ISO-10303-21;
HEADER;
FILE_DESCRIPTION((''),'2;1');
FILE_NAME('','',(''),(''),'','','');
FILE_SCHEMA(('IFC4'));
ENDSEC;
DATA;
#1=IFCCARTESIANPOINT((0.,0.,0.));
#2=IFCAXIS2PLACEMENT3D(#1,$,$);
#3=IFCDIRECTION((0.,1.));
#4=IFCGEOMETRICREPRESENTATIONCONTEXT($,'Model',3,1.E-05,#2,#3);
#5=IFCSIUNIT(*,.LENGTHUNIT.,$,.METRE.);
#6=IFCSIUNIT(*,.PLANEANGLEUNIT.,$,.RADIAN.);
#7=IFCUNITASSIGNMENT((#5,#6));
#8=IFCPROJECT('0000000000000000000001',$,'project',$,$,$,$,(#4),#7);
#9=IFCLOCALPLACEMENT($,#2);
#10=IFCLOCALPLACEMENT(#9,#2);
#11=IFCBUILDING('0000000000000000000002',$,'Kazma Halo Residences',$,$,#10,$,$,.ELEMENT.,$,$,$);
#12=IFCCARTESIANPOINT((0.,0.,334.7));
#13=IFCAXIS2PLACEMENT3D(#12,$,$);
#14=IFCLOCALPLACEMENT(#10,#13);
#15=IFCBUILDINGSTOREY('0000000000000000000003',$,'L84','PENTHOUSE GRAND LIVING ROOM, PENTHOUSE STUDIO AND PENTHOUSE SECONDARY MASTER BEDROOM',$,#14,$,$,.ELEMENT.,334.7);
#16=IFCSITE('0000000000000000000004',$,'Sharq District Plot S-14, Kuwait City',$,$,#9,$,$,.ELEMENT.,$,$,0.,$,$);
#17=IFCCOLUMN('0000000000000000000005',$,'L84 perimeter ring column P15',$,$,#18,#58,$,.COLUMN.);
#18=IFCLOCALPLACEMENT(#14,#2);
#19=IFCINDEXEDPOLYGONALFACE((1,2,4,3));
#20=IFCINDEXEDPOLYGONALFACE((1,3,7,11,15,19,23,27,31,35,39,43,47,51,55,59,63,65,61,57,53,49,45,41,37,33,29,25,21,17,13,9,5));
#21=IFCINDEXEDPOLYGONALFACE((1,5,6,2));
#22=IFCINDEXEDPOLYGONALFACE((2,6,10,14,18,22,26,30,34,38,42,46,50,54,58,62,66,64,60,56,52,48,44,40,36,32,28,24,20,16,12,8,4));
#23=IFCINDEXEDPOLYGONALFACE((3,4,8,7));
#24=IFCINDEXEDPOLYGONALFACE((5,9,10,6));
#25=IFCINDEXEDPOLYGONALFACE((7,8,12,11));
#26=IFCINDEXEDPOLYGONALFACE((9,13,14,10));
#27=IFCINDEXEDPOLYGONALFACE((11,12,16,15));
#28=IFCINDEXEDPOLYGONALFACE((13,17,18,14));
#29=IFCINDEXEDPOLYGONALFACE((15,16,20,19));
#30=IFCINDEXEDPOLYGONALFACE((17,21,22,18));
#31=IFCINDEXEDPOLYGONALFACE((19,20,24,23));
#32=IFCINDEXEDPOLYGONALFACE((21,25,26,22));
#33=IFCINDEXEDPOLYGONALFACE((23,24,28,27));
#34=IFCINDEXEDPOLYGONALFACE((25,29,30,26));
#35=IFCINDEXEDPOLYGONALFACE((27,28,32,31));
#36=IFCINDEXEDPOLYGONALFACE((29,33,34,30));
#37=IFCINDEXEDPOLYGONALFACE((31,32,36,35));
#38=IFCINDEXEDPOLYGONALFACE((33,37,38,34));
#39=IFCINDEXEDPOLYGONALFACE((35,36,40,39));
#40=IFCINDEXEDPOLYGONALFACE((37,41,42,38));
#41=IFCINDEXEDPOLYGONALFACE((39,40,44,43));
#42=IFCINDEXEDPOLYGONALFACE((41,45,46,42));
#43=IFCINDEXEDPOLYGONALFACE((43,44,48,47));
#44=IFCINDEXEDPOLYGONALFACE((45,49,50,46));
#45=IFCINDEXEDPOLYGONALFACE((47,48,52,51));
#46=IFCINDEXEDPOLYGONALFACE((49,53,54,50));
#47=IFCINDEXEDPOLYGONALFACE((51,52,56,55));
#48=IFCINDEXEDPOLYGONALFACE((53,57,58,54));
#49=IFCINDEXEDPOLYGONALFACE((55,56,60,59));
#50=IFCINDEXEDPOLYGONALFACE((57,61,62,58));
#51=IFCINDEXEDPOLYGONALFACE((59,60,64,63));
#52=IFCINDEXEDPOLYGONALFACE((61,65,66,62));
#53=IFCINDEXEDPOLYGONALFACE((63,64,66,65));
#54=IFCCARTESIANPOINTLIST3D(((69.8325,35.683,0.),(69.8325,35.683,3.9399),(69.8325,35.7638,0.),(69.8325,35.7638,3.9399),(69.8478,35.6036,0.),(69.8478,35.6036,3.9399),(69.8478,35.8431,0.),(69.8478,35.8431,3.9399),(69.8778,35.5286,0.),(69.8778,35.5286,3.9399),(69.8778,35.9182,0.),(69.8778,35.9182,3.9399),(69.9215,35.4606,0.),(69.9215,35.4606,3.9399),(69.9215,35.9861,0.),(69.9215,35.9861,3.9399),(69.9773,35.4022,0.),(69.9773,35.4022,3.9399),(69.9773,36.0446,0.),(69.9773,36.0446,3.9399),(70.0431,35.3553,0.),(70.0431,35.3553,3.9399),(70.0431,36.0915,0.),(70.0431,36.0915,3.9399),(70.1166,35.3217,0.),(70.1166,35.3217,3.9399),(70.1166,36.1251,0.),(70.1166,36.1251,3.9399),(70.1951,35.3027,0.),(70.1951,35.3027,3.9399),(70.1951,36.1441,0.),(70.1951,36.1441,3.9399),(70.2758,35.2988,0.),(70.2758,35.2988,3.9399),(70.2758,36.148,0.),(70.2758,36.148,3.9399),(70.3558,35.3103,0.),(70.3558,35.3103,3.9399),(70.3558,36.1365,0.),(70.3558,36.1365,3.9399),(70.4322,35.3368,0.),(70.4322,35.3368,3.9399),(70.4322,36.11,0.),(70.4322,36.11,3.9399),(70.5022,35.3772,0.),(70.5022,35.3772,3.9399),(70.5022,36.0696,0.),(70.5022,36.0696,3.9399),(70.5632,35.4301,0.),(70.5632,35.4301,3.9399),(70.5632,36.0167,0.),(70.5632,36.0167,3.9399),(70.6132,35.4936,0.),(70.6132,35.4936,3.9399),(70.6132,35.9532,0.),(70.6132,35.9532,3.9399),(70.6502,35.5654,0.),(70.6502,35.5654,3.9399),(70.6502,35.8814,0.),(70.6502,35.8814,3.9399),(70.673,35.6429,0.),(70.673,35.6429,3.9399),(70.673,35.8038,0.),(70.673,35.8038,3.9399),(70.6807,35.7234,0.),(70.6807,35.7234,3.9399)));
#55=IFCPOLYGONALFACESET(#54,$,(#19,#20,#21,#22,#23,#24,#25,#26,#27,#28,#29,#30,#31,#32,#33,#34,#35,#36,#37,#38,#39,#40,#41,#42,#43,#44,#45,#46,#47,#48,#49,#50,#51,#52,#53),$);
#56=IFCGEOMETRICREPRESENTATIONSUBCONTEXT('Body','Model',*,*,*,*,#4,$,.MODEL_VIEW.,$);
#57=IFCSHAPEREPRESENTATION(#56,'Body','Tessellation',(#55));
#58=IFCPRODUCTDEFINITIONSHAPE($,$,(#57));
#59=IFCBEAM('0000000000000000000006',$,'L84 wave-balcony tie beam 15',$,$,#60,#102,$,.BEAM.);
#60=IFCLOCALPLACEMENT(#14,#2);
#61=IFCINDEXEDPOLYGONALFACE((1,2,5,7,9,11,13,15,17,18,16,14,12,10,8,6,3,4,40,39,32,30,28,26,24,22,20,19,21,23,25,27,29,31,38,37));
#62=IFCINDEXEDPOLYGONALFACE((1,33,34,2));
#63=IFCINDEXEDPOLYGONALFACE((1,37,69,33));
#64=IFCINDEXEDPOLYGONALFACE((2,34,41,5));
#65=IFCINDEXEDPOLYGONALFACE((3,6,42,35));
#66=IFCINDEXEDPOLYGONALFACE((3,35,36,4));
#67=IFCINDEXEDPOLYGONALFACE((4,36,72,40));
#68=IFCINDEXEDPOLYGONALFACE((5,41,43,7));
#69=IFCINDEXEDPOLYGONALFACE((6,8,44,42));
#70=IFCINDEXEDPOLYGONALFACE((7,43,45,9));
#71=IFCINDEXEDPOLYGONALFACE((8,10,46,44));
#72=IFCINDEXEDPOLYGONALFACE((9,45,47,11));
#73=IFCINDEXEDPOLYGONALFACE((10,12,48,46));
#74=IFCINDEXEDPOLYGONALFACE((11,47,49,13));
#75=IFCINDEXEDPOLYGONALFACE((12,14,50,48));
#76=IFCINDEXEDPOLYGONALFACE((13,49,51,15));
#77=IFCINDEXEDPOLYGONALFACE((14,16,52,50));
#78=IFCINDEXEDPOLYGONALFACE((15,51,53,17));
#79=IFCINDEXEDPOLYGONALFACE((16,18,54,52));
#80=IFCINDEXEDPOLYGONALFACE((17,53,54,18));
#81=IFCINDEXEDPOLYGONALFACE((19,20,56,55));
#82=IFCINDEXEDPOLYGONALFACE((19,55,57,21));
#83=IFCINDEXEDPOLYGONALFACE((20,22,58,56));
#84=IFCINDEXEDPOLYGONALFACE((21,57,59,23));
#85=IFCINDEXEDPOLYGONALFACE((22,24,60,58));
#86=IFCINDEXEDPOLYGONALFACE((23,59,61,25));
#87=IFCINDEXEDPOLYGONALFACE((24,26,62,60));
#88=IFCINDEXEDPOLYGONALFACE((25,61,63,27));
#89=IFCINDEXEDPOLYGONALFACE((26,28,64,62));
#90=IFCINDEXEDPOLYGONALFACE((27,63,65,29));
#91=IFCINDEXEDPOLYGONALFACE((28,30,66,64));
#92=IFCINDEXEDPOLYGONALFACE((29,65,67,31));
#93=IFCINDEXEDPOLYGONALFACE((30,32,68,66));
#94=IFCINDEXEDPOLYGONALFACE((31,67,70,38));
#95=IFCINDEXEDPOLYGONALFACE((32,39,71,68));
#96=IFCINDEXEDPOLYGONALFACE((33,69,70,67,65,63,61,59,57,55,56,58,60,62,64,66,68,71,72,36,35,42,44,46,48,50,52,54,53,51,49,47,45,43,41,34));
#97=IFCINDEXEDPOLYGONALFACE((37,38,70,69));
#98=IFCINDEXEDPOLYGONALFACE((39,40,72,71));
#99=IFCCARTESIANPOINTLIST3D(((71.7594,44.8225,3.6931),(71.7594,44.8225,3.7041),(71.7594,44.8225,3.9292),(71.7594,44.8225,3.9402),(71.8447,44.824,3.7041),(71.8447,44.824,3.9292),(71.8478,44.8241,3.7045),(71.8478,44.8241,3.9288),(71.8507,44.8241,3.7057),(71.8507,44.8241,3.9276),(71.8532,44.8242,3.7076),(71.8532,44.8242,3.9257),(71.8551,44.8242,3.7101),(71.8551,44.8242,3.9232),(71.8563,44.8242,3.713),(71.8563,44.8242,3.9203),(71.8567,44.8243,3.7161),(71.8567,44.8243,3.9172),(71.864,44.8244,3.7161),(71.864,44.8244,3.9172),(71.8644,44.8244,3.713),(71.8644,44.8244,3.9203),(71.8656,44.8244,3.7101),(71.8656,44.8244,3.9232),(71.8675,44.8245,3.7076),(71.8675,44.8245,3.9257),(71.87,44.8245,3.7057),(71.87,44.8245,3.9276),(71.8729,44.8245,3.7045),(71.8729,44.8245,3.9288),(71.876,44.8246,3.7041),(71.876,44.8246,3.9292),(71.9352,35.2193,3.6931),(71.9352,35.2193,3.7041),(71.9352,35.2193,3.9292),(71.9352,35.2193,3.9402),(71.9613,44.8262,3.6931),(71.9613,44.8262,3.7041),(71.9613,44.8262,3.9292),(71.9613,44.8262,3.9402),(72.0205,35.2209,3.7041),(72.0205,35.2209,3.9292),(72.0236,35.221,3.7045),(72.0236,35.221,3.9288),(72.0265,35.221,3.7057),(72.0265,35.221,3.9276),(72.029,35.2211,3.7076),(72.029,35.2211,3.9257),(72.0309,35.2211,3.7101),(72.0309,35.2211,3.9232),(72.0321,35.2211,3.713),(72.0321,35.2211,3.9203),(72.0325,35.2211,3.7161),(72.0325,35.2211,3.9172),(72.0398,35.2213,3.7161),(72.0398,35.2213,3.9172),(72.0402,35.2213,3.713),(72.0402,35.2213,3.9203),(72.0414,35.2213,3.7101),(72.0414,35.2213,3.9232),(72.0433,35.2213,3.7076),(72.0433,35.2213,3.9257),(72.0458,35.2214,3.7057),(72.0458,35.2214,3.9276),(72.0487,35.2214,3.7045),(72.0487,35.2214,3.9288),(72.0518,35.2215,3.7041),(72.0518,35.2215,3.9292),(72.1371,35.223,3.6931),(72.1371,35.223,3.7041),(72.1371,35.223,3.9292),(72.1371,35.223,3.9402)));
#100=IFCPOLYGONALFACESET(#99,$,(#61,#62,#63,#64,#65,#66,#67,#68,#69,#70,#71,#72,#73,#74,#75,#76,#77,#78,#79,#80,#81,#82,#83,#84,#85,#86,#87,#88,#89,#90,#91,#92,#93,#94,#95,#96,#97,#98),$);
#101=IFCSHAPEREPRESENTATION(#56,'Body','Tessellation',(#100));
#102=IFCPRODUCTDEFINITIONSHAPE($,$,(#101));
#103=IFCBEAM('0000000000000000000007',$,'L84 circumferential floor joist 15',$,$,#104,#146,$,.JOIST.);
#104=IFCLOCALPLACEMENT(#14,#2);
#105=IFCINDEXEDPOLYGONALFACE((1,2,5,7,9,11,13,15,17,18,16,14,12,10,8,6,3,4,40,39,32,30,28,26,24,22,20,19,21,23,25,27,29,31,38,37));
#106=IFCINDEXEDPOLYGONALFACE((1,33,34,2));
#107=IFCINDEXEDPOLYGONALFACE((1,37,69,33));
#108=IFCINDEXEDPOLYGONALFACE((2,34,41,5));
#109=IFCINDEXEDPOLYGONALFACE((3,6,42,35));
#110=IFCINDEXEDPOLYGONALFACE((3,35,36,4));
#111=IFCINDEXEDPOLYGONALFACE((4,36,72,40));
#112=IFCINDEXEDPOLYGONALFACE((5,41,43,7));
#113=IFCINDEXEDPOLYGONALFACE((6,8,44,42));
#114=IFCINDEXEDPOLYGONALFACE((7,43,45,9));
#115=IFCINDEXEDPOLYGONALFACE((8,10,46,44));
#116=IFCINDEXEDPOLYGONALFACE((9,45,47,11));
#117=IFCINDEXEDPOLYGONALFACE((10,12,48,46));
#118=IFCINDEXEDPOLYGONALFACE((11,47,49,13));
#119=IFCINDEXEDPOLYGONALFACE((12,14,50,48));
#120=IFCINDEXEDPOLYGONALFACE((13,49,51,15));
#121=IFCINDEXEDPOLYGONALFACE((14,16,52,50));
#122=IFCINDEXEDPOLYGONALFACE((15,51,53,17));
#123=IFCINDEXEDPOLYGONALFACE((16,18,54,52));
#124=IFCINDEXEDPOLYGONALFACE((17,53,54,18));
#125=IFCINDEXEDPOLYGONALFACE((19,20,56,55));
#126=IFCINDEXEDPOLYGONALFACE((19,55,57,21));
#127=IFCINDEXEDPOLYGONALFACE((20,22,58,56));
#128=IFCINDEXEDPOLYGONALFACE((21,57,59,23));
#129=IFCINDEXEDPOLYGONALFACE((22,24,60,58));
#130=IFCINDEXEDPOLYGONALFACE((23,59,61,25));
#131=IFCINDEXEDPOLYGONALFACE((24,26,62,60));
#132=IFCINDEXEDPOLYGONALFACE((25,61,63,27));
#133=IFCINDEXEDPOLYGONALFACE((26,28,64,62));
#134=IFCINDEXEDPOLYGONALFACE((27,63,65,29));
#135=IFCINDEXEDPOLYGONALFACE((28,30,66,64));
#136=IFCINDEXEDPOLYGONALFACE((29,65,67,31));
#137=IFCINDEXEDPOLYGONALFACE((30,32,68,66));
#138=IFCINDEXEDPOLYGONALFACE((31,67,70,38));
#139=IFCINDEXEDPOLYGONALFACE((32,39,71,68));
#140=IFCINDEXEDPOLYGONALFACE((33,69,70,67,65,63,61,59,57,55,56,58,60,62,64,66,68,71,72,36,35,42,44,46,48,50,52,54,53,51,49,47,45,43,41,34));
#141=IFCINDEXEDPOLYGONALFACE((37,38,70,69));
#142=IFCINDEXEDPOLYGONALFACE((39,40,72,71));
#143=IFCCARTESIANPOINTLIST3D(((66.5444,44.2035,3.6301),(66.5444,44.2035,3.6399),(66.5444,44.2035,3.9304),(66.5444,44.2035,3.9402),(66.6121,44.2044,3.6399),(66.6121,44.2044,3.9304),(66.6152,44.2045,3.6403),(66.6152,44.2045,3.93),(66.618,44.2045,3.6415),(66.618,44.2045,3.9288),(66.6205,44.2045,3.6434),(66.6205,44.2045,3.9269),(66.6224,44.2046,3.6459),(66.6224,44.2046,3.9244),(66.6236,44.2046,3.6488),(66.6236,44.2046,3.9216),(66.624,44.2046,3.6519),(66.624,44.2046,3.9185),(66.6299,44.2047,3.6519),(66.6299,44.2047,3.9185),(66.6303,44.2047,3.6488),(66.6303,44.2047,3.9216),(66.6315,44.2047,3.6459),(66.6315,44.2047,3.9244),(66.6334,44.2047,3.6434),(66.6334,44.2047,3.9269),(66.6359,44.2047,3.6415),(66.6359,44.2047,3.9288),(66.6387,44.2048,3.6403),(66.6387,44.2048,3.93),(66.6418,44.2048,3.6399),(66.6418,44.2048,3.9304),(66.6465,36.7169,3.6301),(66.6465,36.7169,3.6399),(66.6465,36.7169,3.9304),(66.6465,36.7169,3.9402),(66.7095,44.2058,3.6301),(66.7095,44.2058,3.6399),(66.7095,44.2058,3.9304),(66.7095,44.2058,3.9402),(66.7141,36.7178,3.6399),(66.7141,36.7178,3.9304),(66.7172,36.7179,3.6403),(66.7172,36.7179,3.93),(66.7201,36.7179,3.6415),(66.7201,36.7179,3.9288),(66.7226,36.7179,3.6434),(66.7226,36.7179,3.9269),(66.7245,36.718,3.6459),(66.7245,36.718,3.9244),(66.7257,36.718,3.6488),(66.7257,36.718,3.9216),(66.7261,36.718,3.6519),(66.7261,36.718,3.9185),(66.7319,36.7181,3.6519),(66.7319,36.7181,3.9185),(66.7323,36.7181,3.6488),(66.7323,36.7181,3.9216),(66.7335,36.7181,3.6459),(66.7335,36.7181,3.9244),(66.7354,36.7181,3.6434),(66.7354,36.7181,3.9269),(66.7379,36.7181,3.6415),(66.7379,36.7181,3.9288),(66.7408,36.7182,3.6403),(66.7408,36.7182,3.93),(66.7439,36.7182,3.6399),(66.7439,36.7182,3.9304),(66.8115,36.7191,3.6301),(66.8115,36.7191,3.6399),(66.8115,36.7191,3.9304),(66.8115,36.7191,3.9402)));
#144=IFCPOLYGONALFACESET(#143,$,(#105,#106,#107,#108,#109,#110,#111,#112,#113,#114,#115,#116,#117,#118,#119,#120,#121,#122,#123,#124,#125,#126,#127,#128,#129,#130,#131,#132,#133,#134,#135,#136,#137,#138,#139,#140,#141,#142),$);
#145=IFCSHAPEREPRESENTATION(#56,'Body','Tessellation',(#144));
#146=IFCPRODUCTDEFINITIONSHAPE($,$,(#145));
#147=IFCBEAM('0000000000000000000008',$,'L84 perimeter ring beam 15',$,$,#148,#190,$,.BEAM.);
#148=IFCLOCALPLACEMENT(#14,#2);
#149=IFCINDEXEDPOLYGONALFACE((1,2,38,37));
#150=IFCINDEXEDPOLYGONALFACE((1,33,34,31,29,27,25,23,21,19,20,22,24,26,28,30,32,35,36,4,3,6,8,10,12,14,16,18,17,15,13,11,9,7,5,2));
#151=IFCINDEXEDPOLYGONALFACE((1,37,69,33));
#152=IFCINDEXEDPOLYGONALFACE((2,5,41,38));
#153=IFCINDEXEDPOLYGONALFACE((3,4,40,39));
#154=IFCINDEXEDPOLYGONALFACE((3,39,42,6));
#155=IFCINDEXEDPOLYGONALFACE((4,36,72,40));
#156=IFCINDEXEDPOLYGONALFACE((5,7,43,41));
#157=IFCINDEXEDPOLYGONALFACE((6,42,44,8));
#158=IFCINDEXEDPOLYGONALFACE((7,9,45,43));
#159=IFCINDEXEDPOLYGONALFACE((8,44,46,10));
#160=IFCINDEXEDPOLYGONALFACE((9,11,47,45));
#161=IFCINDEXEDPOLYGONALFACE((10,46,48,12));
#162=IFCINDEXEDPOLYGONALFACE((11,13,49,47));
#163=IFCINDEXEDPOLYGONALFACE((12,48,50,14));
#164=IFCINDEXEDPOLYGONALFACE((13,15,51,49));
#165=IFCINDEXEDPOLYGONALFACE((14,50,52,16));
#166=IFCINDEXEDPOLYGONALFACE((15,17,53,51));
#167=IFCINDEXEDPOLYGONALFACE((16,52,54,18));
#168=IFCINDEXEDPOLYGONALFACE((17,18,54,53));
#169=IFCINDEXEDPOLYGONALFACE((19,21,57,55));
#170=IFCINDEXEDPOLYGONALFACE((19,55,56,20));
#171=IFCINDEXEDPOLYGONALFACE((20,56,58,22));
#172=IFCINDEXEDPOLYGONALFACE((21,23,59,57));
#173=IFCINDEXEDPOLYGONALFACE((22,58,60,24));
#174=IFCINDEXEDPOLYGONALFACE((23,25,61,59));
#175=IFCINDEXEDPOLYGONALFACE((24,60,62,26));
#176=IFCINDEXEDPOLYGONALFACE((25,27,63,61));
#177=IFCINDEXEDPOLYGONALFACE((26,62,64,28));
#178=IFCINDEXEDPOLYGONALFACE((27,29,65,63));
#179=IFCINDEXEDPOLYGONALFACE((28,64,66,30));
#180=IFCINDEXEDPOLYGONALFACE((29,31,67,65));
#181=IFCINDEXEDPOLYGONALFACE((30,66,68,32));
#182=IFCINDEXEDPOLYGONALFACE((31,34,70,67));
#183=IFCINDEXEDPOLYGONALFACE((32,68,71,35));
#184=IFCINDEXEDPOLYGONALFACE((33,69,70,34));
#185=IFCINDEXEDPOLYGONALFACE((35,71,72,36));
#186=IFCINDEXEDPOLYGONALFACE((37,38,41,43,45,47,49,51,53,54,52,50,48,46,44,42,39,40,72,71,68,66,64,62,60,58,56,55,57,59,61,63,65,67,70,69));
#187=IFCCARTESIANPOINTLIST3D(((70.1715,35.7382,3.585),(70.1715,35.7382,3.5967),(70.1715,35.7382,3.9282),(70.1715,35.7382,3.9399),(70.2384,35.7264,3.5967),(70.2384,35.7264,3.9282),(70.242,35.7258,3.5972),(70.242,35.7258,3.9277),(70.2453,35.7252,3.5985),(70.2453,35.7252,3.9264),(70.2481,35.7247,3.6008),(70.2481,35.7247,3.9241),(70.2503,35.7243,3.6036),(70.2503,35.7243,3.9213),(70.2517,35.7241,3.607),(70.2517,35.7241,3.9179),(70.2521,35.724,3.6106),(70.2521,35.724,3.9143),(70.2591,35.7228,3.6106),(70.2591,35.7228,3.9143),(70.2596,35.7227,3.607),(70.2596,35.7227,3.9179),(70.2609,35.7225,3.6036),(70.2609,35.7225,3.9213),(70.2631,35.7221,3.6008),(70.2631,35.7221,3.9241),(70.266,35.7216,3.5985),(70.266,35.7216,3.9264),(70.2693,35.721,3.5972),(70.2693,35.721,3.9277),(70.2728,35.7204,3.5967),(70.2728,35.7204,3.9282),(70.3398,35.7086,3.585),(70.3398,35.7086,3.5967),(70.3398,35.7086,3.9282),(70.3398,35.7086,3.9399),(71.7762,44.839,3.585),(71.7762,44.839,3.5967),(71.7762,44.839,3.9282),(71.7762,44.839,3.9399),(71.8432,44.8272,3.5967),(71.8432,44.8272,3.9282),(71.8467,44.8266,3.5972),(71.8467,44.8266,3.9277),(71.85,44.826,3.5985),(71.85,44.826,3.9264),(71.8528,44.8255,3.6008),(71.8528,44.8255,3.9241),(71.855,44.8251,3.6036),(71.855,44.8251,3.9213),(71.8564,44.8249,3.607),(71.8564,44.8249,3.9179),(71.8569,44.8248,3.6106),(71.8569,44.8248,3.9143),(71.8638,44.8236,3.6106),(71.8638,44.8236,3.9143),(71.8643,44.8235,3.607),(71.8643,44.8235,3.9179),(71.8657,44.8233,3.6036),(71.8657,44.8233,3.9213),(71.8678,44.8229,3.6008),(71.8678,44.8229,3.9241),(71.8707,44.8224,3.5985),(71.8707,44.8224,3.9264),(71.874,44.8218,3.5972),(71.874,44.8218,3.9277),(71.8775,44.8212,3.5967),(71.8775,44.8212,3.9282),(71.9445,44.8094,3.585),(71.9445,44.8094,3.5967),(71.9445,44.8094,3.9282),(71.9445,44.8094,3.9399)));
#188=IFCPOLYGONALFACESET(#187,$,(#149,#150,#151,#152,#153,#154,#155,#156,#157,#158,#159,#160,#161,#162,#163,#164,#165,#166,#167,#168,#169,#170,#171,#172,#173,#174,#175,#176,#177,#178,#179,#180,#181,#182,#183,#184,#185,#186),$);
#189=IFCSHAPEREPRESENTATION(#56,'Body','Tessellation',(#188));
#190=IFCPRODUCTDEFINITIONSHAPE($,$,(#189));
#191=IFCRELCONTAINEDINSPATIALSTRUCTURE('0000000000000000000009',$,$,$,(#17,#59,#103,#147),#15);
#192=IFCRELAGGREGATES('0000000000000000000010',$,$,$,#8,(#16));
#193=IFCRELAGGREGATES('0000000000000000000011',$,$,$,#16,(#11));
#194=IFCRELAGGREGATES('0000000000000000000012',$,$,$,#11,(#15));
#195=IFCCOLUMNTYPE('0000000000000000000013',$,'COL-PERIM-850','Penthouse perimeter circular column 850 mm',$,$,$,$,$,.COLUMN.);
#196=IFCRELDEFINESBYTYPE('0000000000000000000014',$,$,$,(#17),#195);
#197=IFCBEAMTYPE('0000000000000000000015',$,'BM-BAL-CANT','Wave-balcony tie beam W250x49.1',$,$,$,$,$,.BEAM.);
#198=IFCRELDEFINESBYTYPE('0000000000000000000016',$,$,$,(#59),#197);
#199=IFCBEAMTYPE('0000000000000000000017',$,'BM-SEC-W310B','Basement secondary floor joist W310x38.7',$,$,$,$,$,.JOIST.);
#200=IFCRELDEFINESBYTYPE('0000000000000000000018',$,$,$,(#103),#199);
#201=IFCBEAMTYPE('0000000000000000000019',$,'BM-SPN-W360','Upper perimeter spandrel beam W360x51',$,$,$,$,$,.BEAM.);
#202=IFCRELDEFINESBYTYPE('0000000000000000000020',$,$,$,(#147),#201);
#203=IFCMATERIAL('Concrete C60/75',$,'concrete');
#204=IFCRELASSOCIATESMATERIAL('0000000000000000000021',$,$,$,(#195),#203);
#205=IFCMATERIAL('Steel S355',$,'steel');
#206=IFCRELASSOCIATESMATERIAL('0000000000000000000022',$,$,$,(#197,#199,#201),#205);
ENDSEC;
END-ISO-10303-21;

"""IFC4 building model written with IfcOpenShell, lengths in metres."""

from ifc_helpers import new_model, si_unit, direction, frame, origin, origin_2d, place, context, subcontext, project, spatial, circle, i_section, extrude, material, material_profile, profile_set, type_object, element, save


model = new_model("IFC4")

# Units and contexts
model_context = context("Model", 3, precision=1e-05, world=origin(), true_north=direction((0.0, 1.0)))
body_context = subcontext(model_context, "Body", "Model", "MODEL_VIEW")
ifc_project = project(units=[si_unit("LENGTHUNIT", "METRE"), si_unit("PLANEANGLEUNIT", "RADIAN")], contexts=[model_context])

# Site, building, storey
site_placement = place(None, origin())
site = spatial("IfcSite", under=ifc_project, at=site_placement, Name="Sharq District Plot S-14, Kuwait City", CompositionType="ELEMENT", RefElevation=0.0)
building_placement = place(site_placement, origin())
building = spatial("IfcBuilding", under=site, at=building_placement, Name="Kazma Halo Residences", CompositionType="ELEMENT")
storey_placement = place(building_placement, frame((0.0, 0.0, 334.7)))
storey = spatial("IfcBuildingStorey", under=building, at=storey_placement, Name="L84", Description="PENTHOUSE GRAND LIVING ROOM, PENTHOUSE STUDIO AND PENTHOUSE SECONDARY MASTER BEDROOM", CompositionType="ELEMENT", Elevation=334.7)

# Column
ifc_material_1 = material(Name="Concrete C60/75", Category="concrete")
ifc_material_profile_1 = material_profile(ifc_material_1, circle(Radius=0.425, at=origin_2d()), Name="CIRC850")
ifc_profile_set_1 = profile_set([ifc_material_profile_1], Name="Concrete C60/75")
column_type = type_object("IfcColumnType", Name="COL-PERIM-850", Description="Penthouse perimeter circular column 850 mm", PredefinedType="COLUMN", material=ifc_profile_set_1)
column_placement = place(storey_placement, frame((70.2556, 35.7234, 0.0), z_axis=(0.0, 0.0, 1.0), x_axis=(1.0, 0.0, 0.0)))
element("IfcColumn", 1, at=column_placement, inside=storey, type_object=column_type, Name="L84 perimeter ring column P15", PredefinedType="COLUMN", context=body_context, shape_type="SweptSolid", body=[
    extrude(circle(Radius=0.425, at=origin_2d()), origin(), (0.0, 0.0, 1.0), 3.9399),
])

# Beams
ifc_material_2 = material(Name="Steel S355", Category="steel")
ifc_material_profile_2 = material_profile(ifc_material_2, i_section(OverallWidth=0.2019, OverallDepth=0.2471, WebThickness=0.0073, FlangeThickness=0.011, FilletRadius=0.012, at=origin_2d()), Name="W250x49.1")
ifc_profile_set_2 = profile_set([ifc_material_profile_2], Name="Steel S355")
beam_type_1 = type_object("IfcBeamType", Name="BM-BAL-CANT", Description="Wave-balcony tie beam W250x49.1", PredefinedType="BEAM", material=ifc_profile_set_2)
beam_1_placement = place(storey_placement, frame((72.0361, 35.2212, 3.8167), z_axis=(-0.018302, 0.999833, 0.0), x_axis=(-0.999833, -0.018302, 0.0)))
element("IfcBeam", 2, at=beam_1_placement, inside=storey, type_object=beam_type_1, Name="L84 wave-balcony tie beam 15", PredefinedType="BEAM", context=body_context, shape_type="SweptSolid", body=[
    extrude(i_section(OverallWidth=0.2019, OverallDepth=0.2471, WebThickness=0.0073, FlangeThickness=0.011, FilletRadius=0.012, at=origin_2d()), origin(), (0.0, 0.0, 1.0), 9.6047),
])
ifc_material_profile_3 = material_profile(ifc_material_2, i_section(OverallWidth=0.165, OverallDepth=0.3101, WebThickness=0.0059, FlangeThickness=0.0098, FilletRadius=0.012, at=origin_2d()), Name="W310x38.7")
ifc_profile_set_3 = profile_set([ifc_material_profile_3], Name="Steel S355")
beam_type_2 = type_object("IfcBeamType", Name="BM-SEC-W310B", Description="Basement secondary floor joist W310x38.7", PredefinedType="JOIST", material=ifc_profile_set_3)
beam_2_placement = place(storey_placement, frame((66.729, 36.718, 3.7852), z_axis=(-0.01363, 0.999907, 0.0), x_axis=(-0.999907, -0.01363, 0.0)))
element("IfcBeam", 3, at=beam_2_placement, inside=storey, type_object=beam_type_2, Name="L84 circumferential floor joist 15", PredefinedType="JOIST", context=body_context, shape_type="SweptSolid", body=[
    extrude(i_section(OverallWidth=0.165, OverallDepth=0.3101, WebThickness=0.0059, FlangeThickness=0.0098, FilletRadius=0.012, at=origin_2d()), origin(), (0.0, 0.0, 1.0), 7.4873),
])
ifc_material_profile_4 = material_profile(ifc_material_2, i_section(OverallWidth=0.1709, OverallDepth=0.355, WebThickness=0.0071, FlangeThickness=0.0117, FilletRadius=0.0139, at=origin_2d()), Name="W360x51")
ifc_profile_set_4 = profile_set([ifc_material_profile_4], Name="Steel S355")
beam_type_3 = type_object("IfcBeamType", Name="BM-SPN-W360", Description="Upper perimeter spandrel beam W360x51", PredefinedType="BEAM", material=ifc_profile_set_4)
beam_3_placement = place(storey_placement, frame((70.2556, 35.7234, 3.7625), z_axis=(0.17365, 0.984807, 0.0), x_axis=(-0.984807, 0.17365, 0.0)))
element("IfcBeam", 4, at=beam_3_placement, inside=storey, type_object=beam_type_3, Name="L84 perimeter ring beam 15", PredefinedType="BEAM", context=body_context, shape_type="SweptSolid", body=[
    extrude(i_section(OverallWidth=0.1709, OverallDepth=0.355, WebThickness=0.0071, FlangeThickness=0.0117, FilletRadius=0.0139, at=origin_2d()), origin(), (0.0, 0.0, 1.0), 9.2412),
])

save(model, "model.ifc")
